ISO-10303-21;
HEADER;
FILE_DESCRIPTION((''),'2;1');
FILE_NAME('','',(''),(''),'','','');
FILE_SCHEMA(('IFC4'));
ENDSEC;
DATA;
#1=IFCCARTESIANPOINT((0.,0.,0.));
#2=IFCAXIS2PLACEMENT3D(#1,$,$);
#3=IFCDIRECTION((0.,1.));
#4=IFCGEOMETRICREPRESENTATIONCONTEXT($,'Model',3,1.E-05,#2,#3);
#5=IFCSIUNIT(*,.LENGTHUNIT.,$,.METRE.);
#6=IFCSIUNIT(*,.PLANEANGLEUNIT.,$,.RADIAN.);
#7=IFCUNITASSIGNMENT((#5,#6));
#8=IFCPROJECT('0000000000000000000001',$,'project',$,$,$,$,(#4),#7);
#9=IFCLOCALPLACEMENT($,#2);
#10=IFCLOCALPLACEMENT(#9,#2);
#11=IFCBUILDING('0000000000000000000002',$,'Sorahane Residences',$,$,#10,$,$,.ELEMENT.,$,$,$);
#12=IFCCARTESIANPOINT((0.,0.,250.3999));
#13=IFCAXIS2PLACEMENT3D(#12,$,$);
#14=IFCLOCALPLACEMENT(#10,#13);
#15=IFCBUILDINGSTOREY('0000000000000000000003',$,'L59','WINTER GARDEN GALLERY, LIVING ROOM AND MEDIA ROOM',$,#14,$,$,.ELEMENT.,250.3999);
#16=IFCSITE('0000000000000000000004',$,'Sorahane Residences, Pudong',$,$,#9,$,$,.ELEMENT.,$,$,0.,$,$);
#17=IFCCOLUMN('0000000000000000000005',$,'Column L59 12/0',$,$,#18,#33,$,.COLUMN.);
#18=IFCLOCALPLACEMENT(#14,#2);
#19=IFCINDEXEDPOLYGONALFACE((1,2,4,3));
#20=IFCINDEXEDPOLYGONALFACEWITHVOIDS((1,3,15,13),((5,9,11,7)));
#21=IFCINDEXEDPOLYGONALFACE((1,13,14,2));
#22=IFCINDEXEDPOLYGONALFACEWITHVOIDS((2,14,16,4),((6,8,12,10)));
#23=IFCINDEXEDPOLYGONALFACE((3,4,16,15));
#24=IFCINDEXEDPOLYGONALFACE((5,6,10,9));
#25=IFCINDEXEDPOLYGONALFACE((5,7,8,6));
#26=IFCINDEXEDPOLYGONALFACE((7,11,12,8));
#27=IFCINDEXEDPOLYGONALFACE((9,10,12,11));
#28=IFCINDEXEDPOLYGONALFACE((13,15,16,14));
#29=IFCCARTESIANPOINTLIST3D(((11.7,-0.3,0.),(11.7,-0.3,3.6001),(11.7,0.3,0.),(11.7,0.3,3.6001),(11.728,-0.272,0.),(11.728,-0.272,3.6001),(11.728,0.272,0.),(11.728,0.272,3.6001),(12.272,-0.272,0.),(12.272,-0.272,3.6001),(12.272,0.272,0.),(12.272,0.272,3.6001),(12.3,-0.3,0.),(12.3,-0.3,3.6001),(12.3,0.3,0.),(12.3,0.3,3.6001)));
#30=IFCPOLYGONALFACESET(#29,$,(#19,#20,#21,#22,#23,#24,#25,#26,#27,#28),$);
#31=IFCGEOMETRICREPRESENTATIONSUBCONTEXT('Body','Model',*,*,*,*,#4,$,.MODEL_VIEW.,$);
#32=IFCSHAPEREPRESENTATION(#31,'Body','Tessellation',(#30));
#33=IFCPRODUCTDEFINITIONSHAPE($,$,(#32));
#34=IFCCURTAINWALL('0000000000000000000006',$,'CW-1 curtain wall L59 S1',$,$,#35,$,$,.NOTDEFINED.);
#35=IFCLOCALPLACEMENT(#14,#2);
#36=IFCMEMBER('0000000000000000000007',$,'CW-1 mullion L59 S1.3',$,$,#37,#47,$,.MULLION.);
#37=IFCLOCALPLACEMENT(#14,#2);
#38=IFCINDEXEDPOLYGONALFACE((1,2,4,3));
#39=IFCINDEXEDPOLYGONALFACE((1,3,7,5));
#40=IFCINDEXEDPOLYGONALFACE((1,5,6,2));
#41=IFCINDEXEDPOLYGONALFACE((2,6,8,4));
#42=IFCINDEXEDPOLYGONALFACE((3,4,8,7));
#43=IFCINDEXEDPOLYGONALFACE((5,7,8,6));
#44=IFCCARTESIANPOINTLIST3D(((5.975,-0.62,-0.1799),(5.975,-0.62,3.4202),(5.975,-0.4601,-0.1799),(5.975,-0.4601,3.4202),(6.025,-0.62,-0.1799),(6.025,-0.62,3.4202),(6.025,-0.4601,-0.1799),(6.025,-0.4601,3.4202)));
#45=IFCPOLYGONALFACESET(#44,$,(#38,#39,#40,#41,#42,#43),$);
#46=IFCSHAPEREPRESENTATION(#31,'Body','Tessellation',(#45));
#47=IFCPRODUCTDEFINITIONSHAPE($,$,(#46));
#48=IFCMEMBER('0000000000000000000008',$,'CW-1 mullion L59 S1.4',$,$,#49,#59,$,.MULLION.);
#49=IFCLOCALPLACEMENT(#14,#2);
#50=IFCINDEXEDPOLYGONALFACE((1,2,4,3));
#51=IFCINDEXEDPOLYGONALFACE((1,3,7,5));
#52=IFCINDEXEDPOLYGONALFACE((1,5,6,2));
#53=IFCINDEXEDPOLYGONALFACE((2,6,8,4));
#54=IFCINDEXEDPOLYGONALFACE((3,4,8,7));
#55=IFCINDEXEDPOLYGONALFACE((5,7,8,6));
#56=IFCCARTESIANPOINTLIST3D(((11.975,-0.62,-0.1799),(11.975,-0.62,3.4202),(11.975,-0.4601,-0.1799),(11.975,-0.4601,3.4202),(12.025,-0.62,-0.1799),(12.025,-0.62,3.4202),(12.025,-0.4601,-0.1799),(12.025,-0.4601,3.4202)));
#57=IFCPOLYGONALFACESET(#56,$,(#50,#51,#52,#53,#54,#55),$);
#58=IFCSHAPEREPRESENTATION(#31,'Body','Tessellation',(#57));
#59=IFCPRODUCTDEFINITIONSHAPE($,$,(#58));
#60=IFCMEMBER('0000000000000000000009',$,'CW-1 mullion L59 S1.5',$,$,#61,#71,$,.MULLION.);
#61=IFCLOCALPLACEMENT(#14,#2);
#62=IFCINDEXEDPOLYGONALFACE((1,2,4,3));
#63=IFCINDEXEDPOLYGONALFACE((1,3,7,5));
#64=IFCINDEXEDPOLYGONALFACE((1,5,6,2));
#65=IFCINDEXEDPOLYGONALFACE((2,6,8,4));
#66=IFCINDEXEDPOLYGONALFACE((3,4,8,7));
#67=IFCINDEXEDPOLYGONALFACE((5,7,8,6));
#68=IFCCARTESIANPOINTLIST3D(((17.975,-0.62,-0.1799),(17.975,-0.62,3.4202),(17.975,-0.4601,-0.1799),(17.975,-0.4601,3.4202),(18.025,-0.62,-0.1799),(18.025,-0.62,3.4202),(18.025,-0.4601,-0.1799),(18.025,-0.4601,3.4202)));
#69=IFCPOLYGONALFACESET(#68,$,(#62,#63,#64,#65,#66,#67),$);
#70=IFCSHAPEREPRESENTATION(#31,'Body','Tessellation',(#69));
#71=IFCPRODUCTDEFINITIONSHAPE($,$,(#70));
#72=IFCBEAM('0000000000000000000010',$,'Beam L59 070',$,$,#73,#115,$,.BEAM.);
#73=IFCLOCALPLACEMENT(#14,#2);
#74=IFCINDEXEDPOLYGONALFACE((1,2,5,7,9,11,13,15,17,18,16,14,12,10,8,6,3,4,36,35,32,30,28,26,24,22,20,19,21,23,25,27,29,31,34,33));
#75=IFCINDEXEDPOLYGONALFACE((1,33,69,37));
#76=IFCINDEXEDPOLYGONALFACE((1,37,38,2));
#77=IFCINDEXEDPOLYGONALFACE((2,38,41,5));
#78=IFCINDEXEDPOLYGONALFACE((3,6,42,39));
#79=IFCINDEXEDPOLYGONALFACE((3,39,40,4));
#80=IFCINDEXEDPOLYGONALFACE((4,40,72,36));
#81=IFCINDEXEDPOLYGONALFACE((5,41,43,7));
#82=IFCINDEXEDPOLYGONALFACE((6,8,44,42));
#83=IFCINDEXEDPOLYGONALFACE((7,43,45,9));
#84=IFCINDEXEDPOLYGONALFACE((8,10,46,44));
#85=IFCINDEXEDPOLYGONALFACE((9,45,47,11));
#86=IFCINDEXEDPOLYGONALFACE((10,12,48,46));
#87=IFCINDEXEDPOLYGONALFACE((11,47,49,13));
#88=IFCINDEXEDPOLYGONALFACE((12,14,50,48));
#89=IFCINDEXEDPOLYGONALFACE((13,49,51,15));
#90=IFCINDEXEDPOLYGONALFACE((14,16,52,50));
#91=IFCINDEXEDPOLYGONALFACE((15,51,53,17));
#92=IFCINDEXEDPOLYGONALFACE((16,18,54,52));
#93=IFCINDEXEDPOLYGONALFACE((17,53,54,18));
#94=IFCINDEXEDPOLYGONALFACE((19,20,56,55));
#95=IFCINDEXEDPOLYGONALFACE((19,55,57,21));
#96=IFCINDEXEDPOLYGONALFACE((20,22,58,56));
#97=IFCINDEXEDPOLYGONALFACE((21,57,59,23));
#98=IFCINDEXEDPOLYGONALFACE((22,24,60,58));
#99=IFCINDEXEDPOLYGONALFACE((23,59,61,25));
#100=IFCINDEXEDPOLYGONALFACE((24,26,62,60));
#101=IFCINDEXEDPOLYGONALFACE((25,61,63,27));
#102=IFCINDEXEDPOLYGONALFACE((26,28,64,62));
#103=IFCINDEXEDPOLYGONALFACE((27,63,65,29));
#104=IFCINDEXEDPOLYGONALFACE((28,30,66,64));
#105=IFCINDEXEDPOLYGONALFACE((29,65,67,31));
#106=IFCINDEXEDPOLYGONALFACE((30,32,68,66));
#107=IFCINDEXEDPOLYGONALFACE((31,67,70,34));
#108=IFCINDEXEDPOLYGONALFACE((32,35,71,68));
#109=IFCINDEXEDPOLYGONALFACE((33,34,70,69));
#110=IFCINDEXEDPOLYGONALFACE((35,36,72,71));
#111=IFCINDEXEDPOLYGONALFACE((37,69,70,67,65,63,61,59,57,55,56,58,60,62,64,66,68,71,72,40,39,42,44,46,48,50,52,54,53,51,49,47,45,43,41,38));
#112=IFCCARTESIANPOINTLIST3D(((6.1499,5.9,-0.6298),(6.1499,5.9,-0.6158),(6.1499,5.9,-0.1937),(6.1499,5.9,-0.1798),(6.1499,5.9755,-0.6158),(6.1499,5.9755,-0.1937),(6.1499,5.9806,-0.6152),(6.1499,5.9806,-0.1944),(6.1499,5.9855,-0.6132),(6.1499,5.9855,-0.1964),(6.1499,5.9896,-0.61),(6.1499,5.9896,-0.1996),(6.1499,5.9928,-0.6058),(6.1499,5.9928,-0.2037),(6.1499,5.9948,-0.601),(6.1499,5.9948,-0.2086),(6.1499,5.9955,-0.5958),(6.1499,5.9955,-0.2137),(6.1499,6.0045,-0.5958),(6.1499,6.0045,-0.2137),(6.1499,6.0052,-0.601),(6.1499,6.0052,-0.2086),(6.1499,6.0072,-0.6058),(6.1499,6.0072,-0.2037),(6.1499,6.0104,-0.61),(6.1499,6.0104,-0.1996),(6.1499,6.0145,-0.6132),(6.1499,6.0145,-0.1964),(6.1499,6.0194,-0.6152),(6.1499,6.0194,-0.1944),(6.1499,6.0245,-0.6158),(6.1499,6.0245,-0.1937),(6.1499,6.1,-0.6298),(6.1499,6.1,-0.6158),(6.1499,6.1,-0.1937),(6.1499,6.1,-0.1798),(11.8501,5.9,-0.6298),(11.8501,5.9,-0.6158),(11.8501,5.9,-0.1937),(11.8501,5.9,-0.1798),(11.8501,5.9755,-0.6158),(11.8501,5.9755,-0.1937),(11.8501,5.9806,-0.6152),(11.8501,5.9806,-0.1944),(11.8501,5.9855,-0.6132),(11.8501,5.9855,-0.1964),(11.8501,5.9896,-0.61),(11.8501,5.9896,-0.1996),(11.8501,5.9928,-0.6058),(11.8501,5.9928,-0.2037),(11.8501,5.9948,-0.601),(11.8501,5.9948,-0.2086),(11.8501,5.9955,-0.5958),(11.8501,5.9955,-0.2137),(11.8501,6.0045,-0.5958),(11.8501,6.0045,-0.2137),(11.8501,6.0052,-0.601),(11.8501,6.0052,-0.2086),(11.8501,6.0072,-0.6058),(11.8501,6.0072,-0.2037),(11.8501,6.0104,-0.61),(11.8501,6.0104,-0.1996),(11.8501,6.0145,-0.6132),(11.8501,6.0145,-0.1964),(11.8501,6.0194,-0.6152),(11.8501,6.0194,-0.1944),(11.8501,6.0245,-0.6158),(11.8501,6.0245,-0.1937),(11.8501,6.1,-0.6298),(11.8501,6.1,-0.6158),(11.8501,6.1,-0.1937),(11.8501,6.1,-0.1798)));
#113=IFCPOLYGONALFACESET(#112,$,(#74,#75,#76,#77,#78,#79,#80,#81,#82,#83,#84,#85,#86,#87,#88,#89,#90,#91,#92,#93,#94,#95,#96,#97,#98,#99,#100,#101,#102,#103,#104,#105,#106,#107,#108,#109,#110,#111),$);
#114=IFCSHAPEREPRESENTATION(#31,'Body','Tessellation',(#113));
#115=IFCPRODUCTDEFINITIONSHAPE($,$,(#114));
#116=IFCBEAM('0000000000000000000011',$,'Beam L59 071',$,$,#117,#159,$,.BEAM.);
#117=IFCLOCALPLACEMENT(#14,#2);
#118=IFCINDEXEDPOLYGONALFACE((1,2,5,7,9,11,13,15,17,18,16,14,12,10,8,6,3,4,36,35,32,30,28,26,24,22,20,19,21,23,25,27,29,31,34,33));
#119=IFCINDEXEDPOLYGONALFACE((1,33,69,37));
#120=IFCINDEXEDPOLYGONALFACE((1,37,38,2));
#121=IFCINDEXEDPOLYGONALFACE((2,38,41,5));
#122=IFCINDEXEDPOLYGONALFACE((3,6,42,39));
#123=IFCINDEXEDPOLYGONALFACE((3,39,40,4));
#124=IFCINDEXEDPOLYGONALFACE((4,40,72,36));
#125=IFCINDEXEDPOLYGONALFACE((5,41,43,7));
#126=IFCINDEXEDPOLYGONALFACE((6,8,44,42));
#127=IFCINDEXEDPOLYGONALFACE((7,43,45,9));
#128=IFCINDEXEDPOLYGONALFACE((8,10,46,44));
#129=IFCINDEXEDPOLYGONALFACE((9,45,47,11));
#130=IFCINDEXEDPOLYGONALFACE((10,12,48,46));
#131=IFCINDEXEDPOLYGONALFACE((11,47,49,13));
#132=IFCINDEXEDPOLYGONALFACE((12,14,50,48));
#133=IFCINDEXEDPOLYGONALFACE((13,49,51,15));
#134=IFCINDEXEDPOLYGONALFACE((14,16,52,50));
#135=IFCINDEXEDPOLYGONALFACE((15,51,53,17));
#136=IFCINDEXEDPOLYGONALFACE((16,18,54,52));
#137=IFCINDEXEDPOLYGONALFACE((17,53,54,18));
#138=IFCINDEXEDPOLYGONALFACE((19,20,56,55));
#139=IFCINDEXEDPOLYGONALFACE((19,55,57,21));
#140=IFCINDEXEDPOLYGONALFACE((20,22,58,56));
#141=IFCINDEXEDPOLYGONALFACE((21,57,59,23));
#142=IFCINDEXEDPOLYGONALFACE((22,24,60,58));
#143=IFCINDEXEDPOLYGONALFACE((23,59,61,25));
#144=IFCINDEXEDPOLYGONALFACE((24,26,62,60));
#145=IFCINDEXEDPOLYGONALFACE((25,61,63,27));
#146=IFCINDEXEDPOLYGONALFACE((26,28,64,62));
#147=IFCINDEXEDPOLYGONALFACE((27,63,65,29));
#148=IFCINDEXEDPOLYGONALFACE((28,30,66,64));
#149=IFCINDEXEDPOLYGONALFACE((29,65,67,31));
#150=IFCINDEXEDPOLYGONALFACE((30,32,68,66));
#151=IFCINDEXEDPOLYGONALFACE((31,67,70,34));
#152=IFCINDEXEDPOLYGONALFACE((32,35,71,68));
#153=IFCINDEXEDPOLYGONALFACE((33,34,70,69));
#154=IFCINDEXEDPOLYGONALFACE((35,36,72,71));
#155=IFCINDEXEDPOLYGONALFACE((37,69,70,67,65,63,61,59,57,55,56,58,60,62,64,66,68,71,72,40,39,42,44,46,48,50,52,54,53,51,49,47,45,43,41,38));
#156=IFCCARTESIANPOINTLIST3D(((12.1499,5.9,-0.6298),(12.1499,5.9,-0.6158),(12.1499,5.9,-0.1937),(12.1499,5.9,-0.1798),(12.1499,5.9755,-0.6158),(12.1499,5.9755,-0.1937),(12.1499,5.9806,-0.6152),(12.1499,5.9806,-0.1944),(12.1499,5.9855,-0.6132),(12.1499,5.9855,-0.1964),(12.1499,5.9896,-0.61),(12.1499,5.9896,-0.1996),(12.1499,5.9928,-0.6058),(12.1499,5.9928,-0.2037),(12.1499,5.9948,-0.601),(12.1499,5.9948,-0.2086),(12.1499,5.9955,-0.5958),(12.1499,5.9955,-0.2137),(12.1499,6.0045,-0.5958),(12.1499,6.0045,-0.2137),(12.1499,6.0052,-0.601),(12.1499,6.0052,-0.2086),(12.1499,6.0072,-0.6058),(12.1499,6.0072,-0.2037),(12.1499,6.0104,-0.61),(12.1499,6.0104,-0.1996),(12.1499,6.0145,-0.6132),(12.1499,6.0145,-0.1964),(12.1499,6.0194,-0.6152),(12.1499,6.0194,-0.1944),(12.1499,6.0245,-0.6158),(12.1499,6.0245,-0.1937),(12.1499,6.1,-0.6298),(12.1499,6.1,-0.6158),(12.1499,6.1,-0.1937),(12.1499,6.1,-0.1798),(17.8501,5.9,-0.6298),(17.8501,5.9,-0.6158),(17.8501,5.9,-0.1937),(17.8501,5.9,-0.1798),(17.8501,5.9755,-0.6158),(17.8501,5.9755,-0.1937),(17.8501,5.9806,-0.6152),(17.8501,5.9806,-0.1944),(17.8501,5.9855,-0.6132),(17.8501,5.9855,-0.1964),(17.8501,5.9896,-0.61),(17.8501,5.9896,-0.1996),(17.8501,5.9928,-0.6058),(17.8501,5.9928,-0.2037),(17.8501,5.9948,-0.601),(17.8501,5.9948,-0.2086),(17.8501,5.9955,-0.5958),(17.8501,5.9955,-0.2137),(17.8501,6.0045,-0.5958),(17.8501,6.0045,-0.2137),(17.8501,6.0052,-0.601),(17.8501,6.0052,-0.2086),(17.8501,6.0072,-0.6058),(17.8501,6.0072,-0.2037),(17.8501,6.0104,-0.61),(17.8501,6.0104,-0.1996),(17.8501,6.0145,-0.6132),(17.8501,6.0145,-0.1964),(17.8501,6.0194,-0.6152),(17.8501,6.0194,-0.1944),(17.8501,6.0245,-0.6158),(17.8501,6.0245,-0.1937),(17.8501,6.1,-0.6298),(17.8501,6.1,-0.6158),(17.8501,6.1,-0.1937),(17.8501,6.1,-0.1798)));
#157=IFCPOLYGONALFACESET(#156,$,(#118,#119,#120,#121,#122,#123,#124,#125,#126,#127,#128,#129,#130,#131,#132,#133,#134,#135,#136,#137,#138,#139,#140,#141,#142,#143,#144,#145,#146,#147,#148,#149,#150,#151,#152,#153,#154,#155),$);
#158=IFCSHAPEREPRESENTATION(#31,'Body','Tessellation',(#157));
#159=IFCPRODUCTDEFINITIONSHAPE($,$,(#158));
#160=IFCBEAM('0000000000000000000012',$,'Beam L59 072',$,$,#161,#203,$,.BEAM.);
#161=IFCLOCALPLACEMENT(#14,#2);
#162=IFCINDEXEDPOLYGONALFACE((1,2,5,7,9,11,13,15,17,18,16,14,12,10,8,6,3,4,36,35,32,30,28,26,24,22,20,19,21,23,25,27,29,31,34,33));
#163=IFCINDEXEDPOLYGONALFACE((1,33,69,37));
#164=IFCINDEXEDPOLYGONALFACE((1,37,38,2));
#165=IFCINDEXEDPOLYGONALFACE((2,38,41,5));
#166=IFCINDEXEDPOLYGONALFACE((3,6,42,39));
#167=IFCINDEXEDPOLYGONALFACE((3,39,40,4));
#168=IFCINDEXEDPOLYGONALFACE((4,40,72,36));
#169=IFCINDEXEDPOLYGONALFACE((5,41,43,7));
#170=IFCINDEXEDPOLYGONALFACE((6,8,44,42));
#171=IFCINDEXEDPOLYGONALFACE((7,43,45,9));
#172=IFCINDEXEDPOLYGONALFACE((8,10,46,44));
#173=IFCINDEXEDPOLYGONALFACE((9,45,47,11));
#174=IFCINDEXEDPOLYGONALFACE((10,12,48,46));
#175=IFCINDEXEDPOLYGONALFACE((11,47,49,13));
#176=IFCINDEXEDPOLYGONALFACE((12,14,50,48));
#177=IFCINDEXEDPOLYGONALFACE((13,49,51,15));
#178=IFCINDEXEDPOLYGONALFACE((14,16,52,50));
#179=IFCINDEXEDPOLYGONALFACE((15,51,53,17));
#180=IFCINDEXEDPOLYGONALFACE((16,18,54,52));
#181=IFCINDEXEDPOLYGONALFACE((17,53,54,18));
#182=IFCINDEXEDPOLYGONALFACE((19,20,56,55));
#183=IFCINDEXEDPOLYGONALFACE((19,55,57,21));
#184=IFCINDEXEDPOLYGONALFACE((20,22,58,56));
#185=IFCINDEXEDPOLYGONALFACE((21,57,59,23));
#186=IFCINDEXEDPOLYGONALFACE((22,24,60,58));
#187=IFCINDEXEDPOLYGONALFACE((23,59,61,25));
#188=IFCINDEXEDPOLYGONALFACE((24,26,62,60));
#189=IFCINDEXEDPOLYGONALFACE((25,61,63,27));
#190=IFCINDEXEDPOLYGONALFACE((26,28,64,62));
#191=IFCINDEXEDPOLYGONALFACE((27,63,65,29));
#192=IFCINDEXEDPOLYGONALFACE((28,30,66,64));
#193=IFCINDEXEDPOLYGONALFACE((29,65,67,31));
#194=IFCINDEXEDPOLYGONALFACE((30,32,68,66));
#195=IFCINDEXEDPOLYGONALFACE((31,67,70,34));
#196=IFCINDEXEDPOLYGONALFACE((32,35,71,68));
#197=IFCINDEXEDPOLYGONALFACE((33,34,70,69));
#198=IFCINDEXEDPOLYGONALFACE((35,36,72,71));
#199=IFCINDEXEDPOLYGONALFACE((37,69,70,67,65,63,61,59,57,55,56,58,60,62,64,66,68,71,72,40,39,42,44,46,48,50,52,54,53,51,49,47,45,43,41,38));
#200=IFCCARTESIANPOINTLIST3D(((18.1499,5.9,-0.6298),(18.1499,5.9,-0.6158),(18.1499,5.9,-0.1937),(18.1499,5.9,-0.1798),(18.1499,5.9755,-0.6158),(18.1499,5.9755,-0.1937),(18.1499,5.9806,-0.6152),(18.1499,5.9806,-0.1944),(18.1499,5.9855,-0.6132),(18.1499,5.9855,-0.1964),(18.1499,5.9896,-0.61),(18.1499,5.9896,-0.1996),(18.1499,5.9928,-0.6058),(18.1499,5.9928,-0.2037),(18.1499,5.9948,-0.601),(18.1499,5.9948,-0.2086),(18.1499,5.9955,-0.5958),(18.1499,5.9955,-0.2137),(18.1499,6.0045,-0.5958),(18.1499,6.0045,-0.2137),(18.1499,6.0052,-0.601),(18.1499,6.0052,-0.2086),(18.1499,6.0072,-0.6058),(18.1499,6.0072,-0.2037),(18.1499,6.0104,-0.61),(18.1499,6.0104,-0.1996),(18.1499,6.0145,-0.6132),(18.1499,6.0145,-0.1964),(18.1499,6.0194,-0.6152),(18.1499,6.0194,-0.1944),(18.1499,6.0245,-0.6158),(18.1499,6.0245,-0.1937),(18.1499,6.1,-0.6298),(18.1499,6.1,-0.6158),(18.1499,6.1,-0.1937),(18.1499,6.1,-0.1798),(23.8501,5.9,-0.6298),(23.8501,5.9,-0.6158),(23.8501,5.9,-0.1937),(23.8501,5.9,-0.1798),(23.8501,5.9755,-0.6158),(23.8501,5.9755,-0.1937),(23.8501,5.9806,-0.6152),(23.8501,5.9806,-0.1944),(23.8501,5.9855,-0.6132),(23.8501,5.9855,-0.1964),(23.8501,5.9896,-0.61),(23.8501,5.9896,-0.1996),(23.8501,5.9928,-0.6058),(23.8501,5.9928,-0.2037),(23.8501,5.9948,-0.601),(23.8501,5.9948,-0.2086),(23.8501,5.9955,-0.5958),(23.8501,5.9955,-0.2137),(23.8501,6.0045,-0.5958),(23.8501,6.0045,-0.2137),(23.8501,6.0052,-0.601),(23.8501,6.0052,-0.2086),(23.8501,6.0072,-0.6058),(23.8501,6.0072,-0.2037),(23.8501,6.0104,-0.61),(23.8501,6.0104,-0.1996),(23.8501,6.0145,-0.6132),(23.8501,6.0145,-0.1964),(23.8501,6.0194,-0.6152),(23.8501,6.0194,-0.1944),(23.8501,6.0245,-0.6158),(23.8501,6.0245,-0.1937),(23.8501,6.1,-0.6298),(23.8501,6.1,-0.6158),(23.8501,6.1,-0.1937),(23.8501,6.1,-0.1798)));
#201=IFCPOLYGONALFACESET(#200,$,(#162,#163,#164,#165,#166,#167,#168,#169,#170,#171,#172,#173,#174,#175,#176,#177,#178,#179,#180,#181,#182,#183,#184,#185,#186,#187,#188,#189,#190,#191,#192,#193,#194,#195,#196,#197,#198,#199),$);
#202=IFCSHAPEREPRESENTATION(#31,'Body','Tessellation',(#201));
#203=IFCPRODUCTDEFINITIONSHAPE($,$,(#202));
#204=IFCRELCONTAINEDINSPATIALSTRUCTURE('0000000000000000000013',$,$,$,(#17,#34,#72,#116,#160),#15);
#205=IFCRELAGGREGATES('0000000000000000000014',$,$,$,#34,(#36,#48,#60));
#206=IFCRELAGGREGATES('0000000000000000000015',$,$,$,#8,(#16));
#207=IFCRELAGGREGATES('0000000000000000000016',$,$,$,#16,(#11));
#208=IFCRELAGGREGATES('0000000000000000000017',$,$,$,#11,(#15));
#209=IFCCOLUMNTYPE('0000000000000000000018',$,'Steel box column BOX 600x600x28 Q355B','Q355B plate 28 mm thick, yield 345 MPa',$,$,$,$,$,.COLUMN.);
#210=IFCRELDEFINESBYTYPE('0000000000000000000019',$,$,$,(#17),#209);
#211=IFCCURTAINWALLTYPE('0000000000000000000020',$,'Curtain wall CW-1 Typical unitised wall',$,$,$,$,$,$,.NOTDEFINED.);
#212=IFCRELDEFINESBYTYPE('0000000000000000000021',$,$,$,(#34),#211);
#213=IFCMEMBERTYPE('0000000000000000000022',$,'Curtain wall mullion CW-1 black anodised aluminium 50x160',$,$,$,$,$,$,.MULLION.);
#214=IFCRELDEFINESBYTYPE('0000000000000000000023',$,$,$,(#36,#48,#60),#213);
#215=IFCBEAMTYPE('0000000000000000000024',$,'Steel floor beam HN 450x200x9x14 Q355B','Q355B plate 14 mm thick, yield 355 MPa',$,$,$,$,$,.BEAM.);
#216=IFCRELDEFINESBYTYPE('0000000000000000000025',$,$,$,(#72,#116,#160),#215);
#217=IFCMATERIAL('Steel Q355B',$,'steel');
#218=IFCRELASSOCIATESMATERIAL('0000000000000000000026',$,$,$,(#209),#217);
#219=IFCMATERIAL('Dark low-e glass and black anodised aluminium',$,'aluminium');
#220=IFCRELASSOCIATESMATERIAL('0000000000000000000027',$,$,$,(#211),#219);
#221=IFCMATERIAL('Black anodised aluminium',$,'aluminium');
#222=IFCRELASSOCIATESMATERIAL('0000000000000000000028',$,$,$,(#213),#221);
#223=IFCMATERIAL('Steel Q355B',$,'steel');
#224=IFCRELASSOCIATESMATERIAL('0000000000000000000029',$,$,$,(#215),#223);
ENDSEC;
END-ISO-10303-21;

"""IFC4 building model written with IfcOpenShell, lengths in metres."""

from ifc_helpers import new_model, si_unit, direction, frame, origin, origin_2d, place, context, subcontext, project, spatial, rectangle, hollow_rectangle, i_section, extrude, material, material_profile, profile_set, type_object, element, aggregate, save


model = new_model("IFC4")

# Units and contexts
model_context = context("Model", 3, precision=1e-05, world=origin(), true_north=direction((0.0, 1.0)))
body_context = subcontext(model_context, "Body", "Model", "MODEL_VIEW")
ifc_project = project(units=[si_unit("LENGTHUNIT", "METRE"), si_unit("PLANEANGLEUNIT", "RADIAN")], contexts=[model_context])

# Site, building, storey
site_placement = place(None, origin())
site = spatial("IfcSite", under=ifc_project, at=site_placement, Name="Sorahane Residences, Pudong", CompositionType="ELEMENT", RefElevation=0.0)
building_placement = place(site_placement, origin())
building = spatial("IfcBuilding", under=site, at=building_placement, Name="Sorahane Residences", CompositionType="ELEMENT")
storey_placement = place(building_placement, frame((0.0, 0.0, 250.3999)))
storey = spatial("IfcBuildingStorey", under=building, at=storey_placement, Name="L59", Description="WINTER GARDEN GALLERY, LIVING ROOM AND MEDIA ROOM", CompositionType="ELEMENT", Elevation=250.3999)

# Column
ifc_material_1 = material(Name="Steel Q355B", Category="steel")
ifc_material_profile_1 = material_profile(ifc_material_1, hollow_rectangle(XDim=0.6001, YDim=0.6001, WallThickness=0.0281, at=origin_2d()), Name="BOX 600x600x28")
ifc_profile_set_1 = profile_set([ifc_material_profile_1], Name="Steel Q355B")
column_type = type_object("IfcColumnType", Name="Steel box column BOX 600x600x28 Q355B", Description="Q355B plate 28 mm thick, yield 345 MPa", PredefinedType="COLUMN", material=ifc_profile_set_1)
column_placement = place(storey_placement, frame((12.0, 0.0, 0.0), z_axis=(0.0, 0.0, 1.0), x_axis=(1.0, 0.0, 0.0)))
element("IfcColumn", 1, at=column_placement, inside=storey, type_object=column_type, Name="Column L59 12/0", PredefinedType="COLUMN", context=body_context, shape_type="SweptSolid", body=[
    extrude(hollow_rectangle(XDim=0.6001, YDim=0.6001, WallThickness=0.0281, at=origin_2d()), origin(), (0.0, 0.0, 1.0), 3.6001),
])

# Curtain wall, members
ifc_material_2 = material(Name="Dark low-e glass and black anodised aluminium", Category="aluminium")
curtain_wall_type = type_object("IfcCurtainWallType", Name="Curtain wall CW-1 Typical unitised wall", PredefinedType="NOTDEFINED", material=ifc_material_2)
curtain_wall_placement = place(storey_placement, origin())
curtain_wall = element("IfcCurtainWall", 2, at=curtain_wall_placement, inside=storey, type_object=curtain_wall_type, Name="CW-1 curtain wall L59 S1", PredefinedType="NOTDEFINED")
ifc_material_3 = material(Name="Black anodised aluminium", Category="aluminium")
ifc_material_profile_2 = material_profile(ifc_material_3, rectangle(XDim=0.1599, YDim=0.05, at=origin_2d()), Name="Curtain wall mullion CW-1 black anodised aluminium 50x160")
ifc_profile_set_2 = profile_set([ifc_material_profile_2], Name="Black anodised aluminium")
member_type = type_object("IfcMemberType", Name="Curtain wall mullion CW-1 black anodised aluminium 50x160", PredefinedType="MULLION", material=ifc_profile_set_2)
member_1_placement = place(storey_placement, frame((6.0, -0.54, -0.1799), z_axis=(0.0, 0.0, 1.0), x_axis=(0.0, -1.0, 0.0)))
member_1 = element("IfcMember", 3, at=member_1_placement, type_object=member_type, Name="CW-1 mullion L59 S1.3", PredefinedType="MULLION", context=body_context, shape_type="SweptSolid", body=[
    extrude(rectangle(XDim=0.1599, YDim=0.05, at=origin_2d()), origin(), (0.0, 0.0, 1.0), 3.6001),
])
member_2_placement = place(storey_placement, frame((12.0, -0.54, -0.1799), z_axis=(0.0, 0.0, 1.0), x_axis=(0.0, -1.0, 0.0)))
member_2 = element("IfcMember", 4, at=member_2_placement, type_object=member_type, Name="CW-1 mullion L59 S1.4", PredefinedType="MULLION", context=body_context, shape_type="SweptSolid", body=[
    extrude(rectangle(XDim=0.1599, YDim=0.05, at=origin_2d()), origin(), (0.0, 0.0, 1.0), 3.6001),
])
member_3_placement = place(storey_placement, frame((18.0, -0.54, -0.1799), z_axis=(0.0, 0.0, 1.0), x_axis=(0.0, -1.0, 0.0)))
member_3 = element("IfcMember", 5, at=member_3_placement, type_object=member_type, Name="CW-1 mullion L59 S1.5", PredefinedType="MULLION", context=body_context, shape_type="SweptSolid", body=[
    extrude(rectangle(XDim=0.1599, YDim=0.05, at=origin_2d()), origin(), (0.0, 0.0, 1.0), 3.6001),
])

# Beams
ifc_material_4 = material(Name="Steel Q355B", Category="steel")
ifc_material_profile_3 = material_profile(ifc_material_4, i_section(OverallWidth=0.2, OverallDepth=0.45, WebThickness=0.009, FlangeThickness=0.0139, FilletRadius=0.02, at=origin_2d()), Name="HN 450x200x9x14")
ifc_profile_set_3 = profile_set([ifc_material_profile_3], Name="Steel Q355B")
beam_type_1 = type_object("IfcBeamType", Name="Steel floor beam HN 450x200x9x14 Q355B", Description="Q355B plate 14 mm thick, yield 355 MPa", PredefinedType="BEAM", material=ifc_profile_set_3)
for number, where, z_axis, x_axis, name in (
    (6, (6.1499, 6.0, -0.4048), (1.0, 0.0, 0.0), (0.0, 1.0, 0.0), "Beam L59 070"),
    (7, (12.1499, 6.0, -0.4048), (1.0, 0.0, 0.0), (0.0, 1.0, 0.0), "Beam L59 071"),
    (8, (18.1499, 6.0, -0.4048), (1.0, 0.0, 0.0), (0.0, 1.0, 0.0), "Beam L59 072"),
):
    element("IfcBeam", number, at=place(storey_placement, frame(where, z_axis=z_axis, x_axis=x_axis)), inside=storey, type_object=beam_type_1, Name=name, PredefinedType="BEAM", context=body_context, shape_type="SweptSolid", body=[
        extrude(i_section(OverallWidth=0.2, OverallDepth=0.45, WebThickness=0.009, FlangeThickness=0.0139, FilletRadius=0.02, at=origin_2d()), origin(), (0.0, 0.0, 1.0), 5.7002),
    ])

aggregate(curtain_wall, [member_1, member_2, member_3])

save(model, "model.ifc")
